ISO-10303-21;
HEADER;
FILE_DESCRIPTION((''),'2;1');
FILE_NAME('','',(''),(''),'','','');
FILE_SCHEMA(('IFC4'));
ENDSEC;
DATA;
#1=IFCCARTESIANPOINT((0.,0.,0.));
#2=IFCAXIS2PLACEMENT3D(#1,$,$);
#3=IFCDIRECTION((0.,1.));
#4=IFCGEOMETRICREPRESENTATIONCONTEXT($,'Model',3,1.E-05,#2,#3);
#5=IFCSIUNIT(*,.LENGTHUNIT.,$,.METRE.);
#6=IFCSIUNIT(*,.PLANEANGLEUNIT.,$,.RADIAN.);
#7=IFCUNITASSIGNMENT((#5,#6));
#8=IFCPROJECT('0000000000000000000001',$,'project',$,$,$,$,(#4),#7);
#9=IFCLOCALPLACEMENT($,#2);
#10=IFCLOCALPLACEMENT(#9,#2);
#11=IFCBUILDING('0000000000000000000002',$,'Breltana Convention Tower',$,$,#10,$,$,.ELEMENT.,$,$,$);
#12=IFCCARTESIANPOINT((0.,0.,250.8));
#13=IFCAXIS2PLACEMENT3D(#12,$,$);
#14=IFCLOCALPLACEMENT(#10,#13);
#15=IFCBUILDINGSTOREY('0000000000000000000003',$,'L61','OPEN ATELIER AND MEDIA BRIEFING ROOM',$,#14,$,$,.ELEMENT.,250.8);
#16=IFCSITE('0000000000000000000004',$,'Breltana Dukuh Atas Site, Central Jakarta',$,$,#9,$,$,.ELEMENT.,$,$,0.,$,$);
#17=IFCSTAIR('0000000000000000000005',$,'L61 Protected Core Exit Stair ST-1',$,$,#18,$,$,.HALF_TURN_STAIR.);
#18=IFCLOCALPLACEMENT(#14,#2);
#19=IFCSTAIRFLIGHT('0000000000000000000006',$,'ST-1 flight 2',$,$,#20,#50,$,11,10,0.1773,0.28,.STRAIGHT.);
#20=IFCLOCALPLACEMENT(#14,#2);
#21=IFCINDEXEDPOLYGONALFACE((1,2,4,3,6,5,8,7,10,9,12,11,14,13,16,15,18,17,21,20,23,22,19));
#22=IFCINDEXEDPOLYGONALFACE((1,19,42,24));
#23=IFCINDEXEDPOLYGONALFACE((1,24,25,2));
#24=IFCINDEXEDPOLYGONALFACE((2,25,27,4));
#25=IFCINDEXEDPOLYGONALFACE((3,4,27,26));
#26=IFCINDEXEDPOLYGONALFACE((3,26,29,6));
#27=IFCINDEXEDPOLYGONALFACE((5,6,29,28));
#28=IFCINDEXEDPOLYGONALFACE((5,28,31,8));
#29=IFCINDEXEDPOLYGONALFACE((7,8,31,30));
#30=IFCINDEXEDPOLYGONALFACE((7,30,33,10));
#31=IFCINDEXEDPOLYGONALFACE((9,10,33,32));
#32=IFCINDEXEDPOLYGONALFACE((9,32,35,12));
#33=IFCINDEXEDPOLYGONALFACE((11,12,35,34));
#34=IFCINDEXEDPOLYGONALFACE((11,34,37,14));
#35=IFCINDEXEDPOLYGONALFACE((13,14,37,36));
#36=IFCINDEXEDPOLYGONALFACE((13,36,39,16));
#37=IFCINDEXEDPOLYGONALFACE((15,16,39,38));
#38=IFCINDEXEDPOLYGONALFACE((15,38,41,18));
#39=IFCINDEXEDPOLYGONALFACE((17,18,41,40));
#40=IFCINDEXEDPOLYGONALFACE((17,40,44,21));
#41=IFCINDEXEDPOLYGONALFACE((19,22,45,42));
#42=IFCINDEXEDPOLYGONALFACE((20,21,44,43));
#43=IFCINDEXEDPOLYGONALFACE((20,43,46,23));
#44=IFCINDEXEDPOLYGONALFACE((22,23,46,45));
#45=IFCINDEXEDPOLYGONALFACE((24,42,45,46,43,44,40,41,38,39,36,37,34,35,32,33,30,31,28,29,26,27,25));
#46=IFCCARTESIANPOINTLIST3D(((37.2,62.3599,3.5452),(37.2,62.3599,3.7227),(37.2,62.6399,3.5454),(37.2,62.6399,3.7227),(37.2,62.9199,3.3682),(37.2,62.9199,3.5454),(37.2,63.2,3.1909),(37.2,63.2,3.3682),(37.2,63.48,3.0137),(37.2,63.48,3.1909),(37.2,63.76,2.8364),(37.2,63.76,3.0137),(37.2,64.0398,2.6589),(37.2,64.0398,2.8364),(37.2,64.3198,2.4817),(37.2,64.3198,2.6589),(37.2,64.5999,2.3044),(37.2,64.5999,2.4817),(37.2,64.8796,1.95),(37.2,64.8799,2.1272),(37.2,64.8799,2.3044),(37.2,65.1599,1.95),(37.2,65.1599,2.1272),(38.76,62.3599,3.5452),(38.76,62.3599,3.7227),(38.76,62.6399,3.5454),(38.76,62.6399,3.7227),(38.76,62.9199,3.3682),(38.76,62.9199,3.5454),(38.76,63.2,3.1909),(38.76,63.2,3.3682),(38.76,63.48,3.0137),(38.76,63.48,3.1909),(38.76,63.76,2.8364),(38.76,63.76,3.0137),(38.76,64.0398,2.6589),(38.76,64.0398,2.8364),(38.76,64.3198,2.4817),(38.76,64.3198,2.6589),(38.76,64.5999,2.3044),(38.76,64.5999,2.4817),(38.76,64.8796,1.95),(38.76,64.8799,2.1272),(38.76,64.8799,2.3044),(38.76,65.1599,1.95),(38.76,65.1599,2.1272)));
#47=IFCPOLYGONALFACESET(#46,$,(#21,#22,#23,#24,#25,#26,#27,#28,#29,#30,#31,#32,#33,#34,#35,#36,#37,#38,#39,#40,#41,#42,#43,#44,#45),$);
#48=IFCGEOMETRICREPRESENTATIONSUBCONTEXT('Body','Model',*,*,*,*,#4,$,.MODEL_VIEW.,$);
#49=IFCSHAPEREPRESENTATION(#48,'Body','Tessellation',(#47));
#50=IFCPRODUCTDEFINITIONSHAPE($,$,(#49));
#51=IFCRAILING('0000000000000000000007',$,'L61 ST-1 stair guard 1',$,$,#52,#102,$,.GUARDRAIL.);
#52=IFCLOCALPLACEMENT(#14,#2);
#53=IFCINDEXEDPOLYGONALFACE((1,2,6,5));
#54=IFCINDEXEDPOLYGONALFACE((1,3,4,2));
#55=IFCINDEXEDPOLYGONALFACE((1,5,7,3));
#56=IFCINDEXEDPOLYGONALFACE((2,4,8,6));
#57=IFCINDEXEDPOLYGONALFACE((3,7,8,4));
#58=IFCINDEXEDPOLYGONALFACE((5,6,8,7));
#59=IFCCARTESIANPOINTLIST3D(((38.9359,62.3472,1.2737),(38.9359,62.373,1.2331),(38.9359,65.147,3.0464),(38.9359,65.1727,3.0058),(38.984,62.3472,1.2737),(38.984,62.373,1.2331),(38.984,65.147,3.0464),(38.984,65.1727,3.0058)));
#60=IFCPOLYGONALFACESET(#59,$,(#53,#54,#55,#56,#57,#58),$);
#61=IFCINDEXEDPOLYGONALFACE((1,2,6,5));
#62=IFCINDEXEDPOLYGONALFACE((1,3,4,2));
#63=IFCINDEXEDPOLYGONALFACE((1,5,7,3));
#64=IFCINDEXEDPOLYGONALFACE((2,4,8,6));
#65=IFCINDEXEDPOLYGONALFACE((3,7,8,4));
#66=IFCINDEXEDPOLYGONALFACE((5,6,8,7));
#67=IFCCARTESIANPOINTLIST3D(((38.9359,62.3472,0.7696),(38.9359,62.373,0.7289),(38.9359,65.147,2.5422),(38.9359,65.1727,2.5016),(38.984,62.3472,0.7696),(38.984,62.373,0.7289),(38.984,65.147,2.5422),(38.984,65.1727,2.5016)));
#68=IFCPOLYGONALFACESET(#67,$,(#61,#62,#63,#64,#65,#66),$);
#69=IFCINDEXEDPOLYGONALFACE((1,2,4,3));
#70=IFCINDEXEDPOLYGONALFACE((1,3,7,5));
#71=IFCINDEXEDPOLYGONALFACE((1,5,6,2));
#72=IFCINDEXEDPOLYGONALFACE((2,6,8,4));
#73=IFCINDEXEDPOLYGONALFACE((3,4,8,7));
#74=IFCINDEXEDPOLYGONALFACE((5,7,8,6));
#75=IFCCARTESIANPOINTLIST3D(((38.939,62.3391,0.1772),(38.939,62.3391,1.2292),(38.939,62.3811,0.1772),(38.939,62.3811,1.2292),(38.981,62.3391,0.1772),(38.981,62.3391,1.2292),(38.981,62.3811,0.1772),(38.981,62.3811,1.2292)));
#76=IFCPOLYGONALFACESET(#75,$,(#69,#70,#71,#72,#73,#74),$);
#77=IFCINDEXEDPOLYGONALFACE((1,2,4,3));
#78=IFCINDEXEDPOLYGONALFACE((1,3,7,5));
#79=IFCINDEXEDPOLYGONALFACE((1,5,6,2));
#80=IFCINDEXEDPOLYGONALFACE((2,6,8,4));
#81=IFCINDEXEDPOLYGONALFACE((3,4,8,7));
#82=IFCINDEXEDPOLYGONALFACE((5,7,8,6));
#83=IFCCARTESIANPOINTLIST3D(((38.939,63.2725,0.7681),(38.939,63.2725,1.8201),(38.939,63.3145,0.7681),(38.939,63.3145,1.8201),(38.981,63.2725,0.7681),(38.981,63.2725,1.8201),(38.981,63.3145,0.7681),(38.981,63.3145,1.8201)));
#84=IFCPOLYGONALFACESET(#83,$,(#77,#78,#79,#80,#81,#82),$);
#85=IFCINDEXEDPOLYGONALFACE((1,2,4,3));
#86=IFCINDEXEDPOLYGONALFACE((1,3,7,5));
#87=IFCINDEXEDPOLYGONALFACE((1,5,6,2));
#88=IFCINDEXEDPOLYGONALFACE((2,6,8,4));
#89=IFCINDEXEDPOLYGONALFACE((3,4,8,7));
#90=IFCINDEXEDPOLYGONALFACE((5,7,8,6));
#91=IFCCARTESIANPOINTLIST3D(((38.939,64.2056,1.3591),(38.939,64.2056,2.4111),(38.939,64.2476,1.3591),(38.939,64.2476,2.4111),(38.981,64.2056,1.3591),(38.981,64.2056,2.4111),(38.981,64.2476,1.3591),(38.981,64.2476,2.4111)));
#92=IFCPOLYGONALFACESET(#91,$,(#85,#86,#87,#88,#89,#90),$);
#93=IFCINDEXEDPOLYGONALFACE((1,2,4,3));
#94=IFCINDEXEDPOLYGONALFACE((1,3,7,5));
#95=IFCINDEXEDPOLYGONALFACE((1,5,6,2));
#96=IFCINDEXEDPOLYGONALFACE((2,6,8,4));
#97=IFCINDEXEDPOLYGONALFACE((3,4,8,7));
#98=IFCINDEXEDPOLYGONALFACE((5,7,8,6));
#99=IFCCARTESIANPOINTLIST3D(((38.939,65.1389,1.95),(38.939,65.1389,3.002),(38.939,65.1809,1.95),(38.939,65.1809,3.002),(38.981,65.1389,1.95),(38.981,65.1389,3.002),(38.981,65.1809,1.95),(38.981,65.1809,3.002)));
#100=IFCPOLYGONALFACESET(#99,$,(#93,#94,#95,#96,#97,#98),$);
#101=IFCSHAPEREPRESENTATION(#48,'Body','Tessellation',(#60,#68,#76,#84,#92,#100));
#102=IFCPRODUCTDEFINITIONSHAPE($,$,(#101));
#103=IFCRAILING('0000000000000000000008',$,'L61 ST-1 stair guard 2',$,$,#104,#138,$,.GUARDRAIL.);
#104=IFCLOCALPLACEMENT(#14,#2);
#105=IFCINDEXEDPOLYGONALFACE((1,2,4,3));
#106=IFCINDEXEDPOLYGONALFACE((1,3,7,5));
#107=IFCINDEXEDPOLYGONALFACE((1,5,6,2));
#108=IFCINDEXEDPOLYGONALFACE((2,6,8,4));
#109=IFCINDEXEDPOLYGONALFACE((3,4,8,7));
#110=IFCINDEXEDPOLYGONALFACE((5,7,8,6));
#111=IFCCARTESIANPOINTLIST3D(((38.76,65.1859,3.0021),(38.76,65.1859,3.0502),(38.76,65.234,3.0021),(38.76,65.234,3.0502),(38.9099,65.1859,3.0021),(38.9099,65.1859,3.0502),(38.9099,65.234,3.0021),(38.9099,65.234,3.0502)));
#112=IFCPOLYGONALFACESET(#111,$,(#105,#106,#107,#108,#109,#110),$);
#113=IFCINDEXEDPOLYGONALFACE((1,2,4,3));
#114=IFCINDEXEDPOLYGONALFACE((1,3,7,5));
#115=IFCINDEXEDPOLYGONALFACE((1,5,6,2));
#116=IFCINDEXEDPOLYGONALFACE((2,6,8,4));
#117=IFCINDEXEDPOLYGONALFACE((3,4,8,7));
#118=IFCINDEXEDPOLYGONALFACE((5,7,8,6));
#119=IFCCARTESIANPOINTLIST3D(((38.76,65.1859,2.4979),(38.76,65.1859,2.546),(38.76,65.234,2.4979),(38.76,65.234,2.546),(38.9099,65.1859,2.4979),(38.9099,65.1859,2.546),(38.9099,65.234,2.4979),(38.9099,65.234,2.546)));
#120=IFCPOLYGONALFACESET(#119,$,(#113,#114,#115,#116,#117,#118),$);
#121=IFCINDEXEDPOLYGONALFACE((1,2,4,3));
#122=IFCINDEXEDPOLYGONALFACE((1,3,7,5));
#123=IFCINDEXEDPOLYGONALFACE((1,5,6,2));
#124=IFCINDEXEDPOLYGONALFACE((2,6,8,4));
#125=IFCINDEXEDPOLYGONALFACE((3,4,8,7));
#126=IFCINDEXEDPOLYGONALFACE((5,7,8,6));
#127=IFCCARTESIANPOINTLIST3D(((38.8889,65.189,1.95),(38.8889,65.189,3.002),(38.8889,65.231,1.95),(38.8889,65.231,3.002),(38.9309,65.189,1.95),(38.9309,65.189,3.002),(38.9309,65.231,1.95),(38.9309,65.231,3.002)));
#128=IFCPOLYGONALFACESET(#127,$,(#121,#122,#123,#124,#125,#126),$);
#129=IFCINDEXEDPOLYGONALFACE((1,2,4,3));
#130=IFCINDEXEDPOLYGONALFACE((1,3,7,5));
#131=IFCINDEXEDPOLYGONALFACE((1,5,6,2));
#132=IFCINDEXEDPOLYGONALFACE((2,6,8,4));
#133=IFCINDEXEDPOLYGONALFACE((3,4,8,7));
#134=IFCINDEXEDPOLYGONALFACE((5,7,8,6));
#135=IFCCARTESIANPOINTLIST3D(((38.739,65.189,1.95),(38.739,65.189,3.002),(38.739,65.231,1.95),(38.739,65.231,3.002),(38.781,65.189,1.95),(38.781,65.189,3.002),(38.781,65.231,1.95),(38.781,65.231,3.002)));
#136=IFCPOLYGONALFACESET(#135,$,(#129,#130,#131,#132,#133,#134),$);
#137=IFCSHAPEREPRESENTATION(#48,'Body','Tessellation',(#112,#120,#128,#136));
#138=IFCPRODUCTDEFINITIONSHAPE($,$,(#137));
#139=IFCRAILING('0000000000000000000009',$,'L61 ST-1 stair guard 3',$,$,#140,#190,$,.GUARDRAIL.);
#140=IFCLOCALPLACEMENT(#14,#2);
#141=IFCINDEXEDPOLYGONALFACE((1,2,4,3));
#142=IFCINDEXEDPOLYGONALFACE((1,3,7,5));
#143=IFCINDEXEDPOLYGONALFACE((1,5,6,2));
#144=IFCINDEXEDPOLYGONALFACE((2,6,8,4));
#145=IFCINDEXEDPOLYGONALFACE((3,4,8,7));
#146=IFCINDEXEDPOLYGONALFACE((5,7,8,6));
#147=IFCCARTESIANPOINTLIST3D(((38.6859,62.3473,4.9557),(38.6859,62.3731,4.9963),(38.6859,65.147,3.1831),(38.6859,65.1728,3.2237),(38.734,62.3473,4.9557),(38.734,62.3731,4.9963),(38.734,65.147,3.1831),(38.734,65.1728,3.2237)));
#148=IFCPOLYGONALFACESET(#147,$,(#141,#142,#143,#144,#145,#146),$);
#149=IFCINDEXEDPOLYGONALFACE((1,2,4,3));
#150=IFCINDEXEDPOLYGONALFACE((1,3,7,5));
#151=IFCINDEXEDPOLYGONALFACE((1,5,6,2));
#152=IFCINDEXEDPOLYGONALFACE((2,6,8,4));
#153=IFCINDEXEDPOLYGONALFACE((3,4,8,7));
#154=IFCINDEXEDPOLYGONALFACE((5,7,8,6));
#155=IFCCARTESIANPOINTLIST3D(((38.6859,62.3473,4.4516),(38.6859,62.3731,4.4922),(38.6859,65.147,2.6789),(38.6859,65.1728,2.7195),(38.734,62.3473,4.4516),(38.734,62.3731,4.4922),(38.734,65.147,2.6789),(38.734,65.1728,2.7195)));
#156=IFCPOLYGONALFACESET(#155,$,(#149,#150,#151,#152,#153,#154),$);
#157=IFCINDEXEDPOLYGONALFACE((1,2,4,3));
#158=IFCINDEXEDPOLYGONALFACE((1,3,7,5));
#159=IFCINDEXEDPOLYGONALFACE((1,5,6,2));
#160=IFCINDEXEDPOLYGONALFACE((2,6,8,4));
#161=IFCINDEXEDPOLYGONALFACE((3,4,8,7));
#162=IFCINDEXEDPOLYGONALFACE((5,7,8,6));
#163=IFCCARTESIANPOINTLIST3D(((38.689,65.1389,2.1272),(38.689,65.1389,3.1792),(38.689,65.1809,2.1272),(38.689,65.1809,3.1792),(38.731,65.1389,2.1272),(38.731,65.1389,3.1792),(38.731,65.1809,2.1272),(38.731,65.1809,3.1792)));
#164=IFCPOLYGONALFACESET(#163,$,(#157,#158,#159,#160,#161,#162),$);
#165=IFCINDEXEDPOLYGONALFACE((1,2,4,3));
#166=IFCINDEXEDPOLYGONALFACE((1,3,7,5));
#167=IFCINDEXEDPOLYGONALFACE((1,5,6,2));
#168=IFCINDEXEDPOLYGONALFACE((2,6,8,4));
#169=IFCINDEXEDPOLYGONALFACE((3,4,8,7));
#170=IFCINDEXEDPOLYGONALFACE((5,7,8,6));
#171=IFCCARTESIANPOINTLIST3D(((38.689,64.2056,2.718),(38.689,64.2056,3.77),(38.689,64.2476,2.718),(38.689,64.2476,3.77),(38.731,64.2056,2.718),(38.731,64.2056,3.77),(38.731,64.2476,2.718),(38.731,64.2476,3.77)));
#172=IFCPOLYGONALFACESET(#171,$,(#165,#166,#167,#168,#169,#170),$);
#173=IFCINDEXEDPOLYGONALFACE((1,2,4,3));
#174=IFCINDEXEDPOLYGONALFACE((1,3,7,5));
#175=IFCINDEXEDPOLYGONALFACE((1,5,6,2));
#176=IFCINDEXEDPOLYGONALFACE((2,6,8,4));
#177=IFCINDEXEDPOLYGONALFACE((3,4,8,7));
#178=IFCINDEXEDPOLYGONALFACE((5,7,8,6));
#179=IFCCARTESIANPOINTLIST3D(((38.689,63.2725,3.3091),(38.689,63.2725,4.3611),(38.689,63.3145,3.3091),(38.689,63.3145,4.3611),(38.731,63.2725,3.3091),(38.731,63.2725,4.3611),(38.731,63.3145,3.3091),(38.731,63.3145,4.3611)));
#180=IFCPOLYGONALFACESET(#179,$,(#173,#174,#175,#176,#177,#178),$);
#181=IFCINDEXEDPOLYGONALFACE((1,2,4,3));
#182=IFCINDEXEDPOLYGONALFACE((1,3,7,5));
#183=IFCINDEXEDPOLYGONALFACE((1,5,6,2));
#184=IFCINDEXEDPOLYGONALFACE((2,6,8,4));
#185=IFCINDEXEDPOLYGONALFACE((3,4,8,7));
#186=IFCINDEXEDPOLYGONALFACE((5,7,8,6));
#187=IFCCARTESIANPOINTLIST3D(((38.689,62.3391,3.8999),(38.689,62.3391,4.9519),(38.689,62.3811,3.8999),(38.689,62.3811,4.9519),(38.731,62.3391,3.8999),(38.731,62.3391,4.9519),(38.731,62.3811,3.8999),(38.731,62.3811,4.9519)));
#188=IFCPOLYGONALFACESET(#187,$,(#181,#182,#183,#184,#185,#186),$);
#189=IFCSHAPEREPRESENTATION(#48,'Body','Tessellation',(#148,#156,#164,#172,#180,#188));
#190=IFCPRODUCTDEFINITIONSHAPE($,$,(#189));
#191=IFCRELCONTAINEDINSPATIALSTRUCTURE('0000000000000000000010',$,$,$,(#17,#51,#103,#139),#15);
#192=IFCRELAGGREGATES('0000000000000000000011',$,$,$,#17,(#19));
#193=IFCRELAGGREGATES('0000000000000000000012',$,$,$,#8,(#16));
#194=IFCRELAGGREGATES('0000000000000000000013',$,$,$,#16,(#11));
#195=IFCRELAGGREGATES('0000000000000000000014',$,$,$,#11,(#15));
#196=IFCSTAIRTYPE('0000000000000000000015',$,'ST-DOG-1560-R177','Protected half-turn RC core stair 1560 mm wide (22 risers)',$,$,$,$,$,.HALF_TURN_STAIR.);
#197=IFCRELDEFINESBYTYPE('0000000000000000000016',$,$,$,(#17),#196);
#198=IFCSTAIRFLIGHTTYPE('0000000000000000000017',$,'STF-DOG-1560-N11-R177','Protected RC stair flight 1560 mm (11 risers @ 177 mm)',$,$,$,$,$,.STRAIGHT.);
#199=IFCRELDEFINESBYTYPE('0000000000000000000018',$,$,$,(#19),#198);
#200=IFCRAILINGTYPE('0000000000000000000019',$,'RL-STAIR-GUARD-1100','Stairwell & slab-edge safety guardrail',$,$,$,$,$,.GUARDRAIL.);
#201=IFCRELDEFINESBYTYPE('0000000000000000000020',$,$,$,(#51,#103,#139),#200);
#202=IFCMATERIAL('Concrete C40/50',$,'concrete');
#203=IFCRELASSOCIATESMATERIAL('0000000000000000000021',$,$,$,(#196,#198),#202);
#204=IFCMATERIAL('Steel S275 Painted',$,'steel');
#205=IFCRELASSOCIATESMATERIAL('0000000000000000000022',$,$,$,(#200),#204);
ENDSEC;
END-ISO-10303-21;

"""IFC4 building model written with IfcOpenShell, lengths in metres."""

from ifc_helpers import new_model, si_unit, direction, frame, origin, origin_2d, place, context, subcontext, project, spatial, polyline, rectangle, outline, extrude, material, type_object, element, aggregate, save


model = new_model("IFC4")

# Units and contexts
model_context = context("Model", 3, precision=1e-05, world=origin(), true_north=direction((0.0, 1.0)))
body_context = subcontext(model_context, "Body", "Model", "MODEL_VIEW")
ifc_project = project(units=[si_unit("LENGTHUNIT", "METRE"), si_unit("PLANEANGLEUNIT", "RADIAN")], contexts=[model_context])

# Site, building, storey
site_placement = place(None, origin())
site = spatial("IfcSite", under=ifc_project, at=site_placement, Name="Breltana Dukuh Atas Site, Central Jakarta", CompositionType="ELEMENT", RefElevation=0.0)
building_placement = place(site_placement, origin())
building = spatial("IfcBuilding", under=site, at=building_placement, Name="Breltana Convention Tower", CompositionType="ELEMENT")
storey_placement = place(building_placement, frame((0.0, 0.0, 250.8)))
storey = spatial("IfcBuildingStorey", under=building, at=storey_placement, Name="L61", Description="OPEN ATELIER AND MEDIA BRIEFING ROOM", CompositionType="ELEMENT", Elevation=250.8)

# Stair, stair flight
ifc_material_1 = material(Name="Concrete C40/50", Category="concrete")
stair_type = type_object("IfcStairType", Name="ST-DOG-1560-R177", Description="Protected half-turn RC core stair 1560 mm wide (22 risers)", PredefinedType="HALF_TURN_STAIR", material=ifc_material_1)
stair_placement = place(storey_placement, origin())
stair = element("IfcStair", 1, at=stair_placement, inside=storey, type_object=stair_type, Name="L61 Protected Core Exit Stair ST-1", PredefinedType="HALF_TURN_STAIR")
stair_flight_type = type_object("IfcStairFlightType", Name="STF-DOG-1560-N11-R177", Description="Protected RC stair flight 1560 mm (11 risers @ 177 mm)", PredefinedType="STRAIGHT", material=ifc_material_1)
stair_flight_1_placement = place(storey_placement, frame((37.98, 65.1599, 1.95), z_axis=(0.0, 0.0, 1.0), x_axis=(0.0, -1.0, 0.0)))
stair_flight_1 = element("IfcStairFlight", 2, at=stair_flight_1_placement, type_object=stair_flight_type, Name="ST-1 flight 2", NumberOfRisers=11, NumberOfTreads=10, PredefinedType="STRAIGHT", RiserHeight=0.1773, TreadLength=0.28, context=body_context, shape_type="SweptSolid", body=[
    extrude(outline(polyline([(0.0, 0.0), (0.0, 0.1772), (0.28, 0.1772), (0.28, 0.3545), (0.5601, 0.3545), (0.5601, 0.5317), (0.8401, 0.5317), (0.8401, 0.709), (1.1201, 0.709), (1.1201, 0.8865), (1.3999, 0.8865), (1.3999, 1.0637), (1.6799, 1.0637), (1.6799, 1.241), (1.96, 1.241), (1.96, 1.4182), (2.24, 1.4182), (2.24, 1.5955), (2.52, 1.5955), (2.52, 1.7727), (2.8, 1.7727), (2.8, 1.95), (2.8, 1.5952), (0.2803, 0.0), (0.0, 0.0)])), frame((0.0, 0.78, 0.0), z_axis=(0.0, -1.0, 0.0), x_axis=(1.0, 0.0, 0.0)), (0.0, 0.0, 1.0), 1.5601),
])
aggregate(stair, [stair_flight_1])

# Railings
ifc_material_2 = material(Name="Steel S275 Painted", Category="steel")
railing_type_1 = type_object("IfcRailingType", Name="RL-STAIR-GUARD-1100", Description="Stairwell & slab-edge safety guardrail", PredefinedType="GUARDRAIL", material=ifc_material_2)
railing_1_placement = place(storey_placement, frame((38.96, 62.3601, 0.1772)))
element("IfcRailing", 3, at=railing_1_placement, inside=storey, type_object=railing_type_1, Name="L61 ST-1 stair guard 1", PredefinedType="GUARDRAIL", context=body_context, shape_type="SweptSolid", body=[
    extrude(rectangle(XDim=0.0481, YDim=0.0481, at=origin_2d()), frame((0.0, 0.0, 1.0762), z_axis=(0.0, 0.844888, 0.534943), x_axis=(-1.0, 0.0, 0.0)), (0.0, 0.0, 1.0), 3.3137),
    extrude(rectangle(XDim=0.0481, YDim=0.0481, at=origin_2d()), frame((0.0, 0.0, 0.572), z_axis=(0.0, 0.844888, 0.534943), x_axis=(-1.0, 0.0, 0.0)), (0.0, 0.0, 1.0), 3.3137),
    extrude(rectangle(XDim=0.042, YDim=0.042, at=origin_2d()), origin(), (0.0, 0.0, 1.0), 1.052),
    extrude(rectangle(XDim=0.042, YDim=0.042, at=origin_2d()), frame((0.0, 0.9333, 0.5908)), (0.0, 0.0, 1.0), 1.052),
    extrude(rectangle(XDim=0.042, YDim=0.042, at=origin_2d()), frame((0.0, 1.8665, 1.1819)), (0.0, 0.0, 1.0), 1.052),
    extrude(rectangle(XDim=0.042, YDim=0.042, at=origin_2d()), frame((0.0, 2.7998, 1.7727)), (0.0, 0.0, 1.0), 1.052),
])
railing_2_placement = place(storey_placement, frame((38.9099, 65.21, 1.95)))
element("IfcRailing", 4, at=railing_2_placement, inside=storey, type_object=railing_type_1, Name="L61 ST-1 stair guard 2", PredefinedType="GUARDRAIL", context=body_context, shape_type="SweptSolid", body=[
    extrude(rectangle(XDim=0.0481, YDim=0.0481, at=origin_2d()), frame((0.0, 0.0, 1.0762), z_axis=(-1.0, 0.0, 0.0), x_axis=(0.0, -1.0, 0.0)), (0.0, 0.0, 1.0), 0.1499),
    extrude(rectangle(XDim=0.0481, YDim=0.0481, at=origin_2d()), frame((0.0, 0.0, 0.572), z_axis=(-1.0, 0.0, 0.0), x_axis=(0.0, -1.0, 0.0)), (0.0, 0.0, 1.0), 0.1499),
    extrude(rectangle(XDim=0.042, YDim=0.042, at=origin_2d()), origin(), (0.0, 0.0, 1.0), 1.052),
    extrude(rectangle(XDim=0.042, YDim=0.042, at=origin_2d()), frame((-0.1499, 0.0, 0.0)), (0.0, 0.0, 1.0), 1.052),
])
railing_3_placement = place(storey_placement, frame((38.71, 65.1599, 2.1272)))
element("IfcRailing", 5, at=railing_3_placement, inside=storey, type_object=railing_type_1, Name="L61 ST-1 stair guard 3", PredefinedType="GUARDRAIL", context=body_context, shape_type="SweptSolid", body=[
    extrude(rectangle(XDim=0.0481, YDim=0.0481, at=origin_2d()), frame((0.0, 0.0, 1.0762), z_axis=(0.0, -0.844888, 0.534943), x_axis=(1.0, 0.0, 0.0)), (0.0, 0.0, 1.0), 3.3137),
    extrude(rectangle(XDim=0.0481, YDim=0.0481, at=origin_2d()), frame((0.0, 0.0, 0.572), z_axis=(0.0, -0.844888, 0.534943), x_axis=(1.0, 0.0, 0.0)), (0.0, 0.0, 1.0), 3.3137),
    extrude(rectangle(XDim=0.042, YDim=0.042, at=origin_2d()), origin(), (0.0, 0.0, 1.0), 1.052),
    extrude(rectangle(XDim=0.042, YDim=0.042, at=origin_2d()), frame((0.0, -0.9333, 0.5908)), (0.0, 0.0, 1.0), 1.052),
    extrude(rectangle(XDim=0.042, YDim=0.042, at=origin_2d()), frame((0.0, -1.8665, 1.1819)), (0.0, 0.0, 1.0), 1.052),
    extrude(rectangle(XDim=0.042, YDim=0.042, at=origin_2d()), frame((0.0, -2.7998, 1.7727)), (0.0, 0.0, 1.0), 1.052),
])

save(model, "model.ifc")
